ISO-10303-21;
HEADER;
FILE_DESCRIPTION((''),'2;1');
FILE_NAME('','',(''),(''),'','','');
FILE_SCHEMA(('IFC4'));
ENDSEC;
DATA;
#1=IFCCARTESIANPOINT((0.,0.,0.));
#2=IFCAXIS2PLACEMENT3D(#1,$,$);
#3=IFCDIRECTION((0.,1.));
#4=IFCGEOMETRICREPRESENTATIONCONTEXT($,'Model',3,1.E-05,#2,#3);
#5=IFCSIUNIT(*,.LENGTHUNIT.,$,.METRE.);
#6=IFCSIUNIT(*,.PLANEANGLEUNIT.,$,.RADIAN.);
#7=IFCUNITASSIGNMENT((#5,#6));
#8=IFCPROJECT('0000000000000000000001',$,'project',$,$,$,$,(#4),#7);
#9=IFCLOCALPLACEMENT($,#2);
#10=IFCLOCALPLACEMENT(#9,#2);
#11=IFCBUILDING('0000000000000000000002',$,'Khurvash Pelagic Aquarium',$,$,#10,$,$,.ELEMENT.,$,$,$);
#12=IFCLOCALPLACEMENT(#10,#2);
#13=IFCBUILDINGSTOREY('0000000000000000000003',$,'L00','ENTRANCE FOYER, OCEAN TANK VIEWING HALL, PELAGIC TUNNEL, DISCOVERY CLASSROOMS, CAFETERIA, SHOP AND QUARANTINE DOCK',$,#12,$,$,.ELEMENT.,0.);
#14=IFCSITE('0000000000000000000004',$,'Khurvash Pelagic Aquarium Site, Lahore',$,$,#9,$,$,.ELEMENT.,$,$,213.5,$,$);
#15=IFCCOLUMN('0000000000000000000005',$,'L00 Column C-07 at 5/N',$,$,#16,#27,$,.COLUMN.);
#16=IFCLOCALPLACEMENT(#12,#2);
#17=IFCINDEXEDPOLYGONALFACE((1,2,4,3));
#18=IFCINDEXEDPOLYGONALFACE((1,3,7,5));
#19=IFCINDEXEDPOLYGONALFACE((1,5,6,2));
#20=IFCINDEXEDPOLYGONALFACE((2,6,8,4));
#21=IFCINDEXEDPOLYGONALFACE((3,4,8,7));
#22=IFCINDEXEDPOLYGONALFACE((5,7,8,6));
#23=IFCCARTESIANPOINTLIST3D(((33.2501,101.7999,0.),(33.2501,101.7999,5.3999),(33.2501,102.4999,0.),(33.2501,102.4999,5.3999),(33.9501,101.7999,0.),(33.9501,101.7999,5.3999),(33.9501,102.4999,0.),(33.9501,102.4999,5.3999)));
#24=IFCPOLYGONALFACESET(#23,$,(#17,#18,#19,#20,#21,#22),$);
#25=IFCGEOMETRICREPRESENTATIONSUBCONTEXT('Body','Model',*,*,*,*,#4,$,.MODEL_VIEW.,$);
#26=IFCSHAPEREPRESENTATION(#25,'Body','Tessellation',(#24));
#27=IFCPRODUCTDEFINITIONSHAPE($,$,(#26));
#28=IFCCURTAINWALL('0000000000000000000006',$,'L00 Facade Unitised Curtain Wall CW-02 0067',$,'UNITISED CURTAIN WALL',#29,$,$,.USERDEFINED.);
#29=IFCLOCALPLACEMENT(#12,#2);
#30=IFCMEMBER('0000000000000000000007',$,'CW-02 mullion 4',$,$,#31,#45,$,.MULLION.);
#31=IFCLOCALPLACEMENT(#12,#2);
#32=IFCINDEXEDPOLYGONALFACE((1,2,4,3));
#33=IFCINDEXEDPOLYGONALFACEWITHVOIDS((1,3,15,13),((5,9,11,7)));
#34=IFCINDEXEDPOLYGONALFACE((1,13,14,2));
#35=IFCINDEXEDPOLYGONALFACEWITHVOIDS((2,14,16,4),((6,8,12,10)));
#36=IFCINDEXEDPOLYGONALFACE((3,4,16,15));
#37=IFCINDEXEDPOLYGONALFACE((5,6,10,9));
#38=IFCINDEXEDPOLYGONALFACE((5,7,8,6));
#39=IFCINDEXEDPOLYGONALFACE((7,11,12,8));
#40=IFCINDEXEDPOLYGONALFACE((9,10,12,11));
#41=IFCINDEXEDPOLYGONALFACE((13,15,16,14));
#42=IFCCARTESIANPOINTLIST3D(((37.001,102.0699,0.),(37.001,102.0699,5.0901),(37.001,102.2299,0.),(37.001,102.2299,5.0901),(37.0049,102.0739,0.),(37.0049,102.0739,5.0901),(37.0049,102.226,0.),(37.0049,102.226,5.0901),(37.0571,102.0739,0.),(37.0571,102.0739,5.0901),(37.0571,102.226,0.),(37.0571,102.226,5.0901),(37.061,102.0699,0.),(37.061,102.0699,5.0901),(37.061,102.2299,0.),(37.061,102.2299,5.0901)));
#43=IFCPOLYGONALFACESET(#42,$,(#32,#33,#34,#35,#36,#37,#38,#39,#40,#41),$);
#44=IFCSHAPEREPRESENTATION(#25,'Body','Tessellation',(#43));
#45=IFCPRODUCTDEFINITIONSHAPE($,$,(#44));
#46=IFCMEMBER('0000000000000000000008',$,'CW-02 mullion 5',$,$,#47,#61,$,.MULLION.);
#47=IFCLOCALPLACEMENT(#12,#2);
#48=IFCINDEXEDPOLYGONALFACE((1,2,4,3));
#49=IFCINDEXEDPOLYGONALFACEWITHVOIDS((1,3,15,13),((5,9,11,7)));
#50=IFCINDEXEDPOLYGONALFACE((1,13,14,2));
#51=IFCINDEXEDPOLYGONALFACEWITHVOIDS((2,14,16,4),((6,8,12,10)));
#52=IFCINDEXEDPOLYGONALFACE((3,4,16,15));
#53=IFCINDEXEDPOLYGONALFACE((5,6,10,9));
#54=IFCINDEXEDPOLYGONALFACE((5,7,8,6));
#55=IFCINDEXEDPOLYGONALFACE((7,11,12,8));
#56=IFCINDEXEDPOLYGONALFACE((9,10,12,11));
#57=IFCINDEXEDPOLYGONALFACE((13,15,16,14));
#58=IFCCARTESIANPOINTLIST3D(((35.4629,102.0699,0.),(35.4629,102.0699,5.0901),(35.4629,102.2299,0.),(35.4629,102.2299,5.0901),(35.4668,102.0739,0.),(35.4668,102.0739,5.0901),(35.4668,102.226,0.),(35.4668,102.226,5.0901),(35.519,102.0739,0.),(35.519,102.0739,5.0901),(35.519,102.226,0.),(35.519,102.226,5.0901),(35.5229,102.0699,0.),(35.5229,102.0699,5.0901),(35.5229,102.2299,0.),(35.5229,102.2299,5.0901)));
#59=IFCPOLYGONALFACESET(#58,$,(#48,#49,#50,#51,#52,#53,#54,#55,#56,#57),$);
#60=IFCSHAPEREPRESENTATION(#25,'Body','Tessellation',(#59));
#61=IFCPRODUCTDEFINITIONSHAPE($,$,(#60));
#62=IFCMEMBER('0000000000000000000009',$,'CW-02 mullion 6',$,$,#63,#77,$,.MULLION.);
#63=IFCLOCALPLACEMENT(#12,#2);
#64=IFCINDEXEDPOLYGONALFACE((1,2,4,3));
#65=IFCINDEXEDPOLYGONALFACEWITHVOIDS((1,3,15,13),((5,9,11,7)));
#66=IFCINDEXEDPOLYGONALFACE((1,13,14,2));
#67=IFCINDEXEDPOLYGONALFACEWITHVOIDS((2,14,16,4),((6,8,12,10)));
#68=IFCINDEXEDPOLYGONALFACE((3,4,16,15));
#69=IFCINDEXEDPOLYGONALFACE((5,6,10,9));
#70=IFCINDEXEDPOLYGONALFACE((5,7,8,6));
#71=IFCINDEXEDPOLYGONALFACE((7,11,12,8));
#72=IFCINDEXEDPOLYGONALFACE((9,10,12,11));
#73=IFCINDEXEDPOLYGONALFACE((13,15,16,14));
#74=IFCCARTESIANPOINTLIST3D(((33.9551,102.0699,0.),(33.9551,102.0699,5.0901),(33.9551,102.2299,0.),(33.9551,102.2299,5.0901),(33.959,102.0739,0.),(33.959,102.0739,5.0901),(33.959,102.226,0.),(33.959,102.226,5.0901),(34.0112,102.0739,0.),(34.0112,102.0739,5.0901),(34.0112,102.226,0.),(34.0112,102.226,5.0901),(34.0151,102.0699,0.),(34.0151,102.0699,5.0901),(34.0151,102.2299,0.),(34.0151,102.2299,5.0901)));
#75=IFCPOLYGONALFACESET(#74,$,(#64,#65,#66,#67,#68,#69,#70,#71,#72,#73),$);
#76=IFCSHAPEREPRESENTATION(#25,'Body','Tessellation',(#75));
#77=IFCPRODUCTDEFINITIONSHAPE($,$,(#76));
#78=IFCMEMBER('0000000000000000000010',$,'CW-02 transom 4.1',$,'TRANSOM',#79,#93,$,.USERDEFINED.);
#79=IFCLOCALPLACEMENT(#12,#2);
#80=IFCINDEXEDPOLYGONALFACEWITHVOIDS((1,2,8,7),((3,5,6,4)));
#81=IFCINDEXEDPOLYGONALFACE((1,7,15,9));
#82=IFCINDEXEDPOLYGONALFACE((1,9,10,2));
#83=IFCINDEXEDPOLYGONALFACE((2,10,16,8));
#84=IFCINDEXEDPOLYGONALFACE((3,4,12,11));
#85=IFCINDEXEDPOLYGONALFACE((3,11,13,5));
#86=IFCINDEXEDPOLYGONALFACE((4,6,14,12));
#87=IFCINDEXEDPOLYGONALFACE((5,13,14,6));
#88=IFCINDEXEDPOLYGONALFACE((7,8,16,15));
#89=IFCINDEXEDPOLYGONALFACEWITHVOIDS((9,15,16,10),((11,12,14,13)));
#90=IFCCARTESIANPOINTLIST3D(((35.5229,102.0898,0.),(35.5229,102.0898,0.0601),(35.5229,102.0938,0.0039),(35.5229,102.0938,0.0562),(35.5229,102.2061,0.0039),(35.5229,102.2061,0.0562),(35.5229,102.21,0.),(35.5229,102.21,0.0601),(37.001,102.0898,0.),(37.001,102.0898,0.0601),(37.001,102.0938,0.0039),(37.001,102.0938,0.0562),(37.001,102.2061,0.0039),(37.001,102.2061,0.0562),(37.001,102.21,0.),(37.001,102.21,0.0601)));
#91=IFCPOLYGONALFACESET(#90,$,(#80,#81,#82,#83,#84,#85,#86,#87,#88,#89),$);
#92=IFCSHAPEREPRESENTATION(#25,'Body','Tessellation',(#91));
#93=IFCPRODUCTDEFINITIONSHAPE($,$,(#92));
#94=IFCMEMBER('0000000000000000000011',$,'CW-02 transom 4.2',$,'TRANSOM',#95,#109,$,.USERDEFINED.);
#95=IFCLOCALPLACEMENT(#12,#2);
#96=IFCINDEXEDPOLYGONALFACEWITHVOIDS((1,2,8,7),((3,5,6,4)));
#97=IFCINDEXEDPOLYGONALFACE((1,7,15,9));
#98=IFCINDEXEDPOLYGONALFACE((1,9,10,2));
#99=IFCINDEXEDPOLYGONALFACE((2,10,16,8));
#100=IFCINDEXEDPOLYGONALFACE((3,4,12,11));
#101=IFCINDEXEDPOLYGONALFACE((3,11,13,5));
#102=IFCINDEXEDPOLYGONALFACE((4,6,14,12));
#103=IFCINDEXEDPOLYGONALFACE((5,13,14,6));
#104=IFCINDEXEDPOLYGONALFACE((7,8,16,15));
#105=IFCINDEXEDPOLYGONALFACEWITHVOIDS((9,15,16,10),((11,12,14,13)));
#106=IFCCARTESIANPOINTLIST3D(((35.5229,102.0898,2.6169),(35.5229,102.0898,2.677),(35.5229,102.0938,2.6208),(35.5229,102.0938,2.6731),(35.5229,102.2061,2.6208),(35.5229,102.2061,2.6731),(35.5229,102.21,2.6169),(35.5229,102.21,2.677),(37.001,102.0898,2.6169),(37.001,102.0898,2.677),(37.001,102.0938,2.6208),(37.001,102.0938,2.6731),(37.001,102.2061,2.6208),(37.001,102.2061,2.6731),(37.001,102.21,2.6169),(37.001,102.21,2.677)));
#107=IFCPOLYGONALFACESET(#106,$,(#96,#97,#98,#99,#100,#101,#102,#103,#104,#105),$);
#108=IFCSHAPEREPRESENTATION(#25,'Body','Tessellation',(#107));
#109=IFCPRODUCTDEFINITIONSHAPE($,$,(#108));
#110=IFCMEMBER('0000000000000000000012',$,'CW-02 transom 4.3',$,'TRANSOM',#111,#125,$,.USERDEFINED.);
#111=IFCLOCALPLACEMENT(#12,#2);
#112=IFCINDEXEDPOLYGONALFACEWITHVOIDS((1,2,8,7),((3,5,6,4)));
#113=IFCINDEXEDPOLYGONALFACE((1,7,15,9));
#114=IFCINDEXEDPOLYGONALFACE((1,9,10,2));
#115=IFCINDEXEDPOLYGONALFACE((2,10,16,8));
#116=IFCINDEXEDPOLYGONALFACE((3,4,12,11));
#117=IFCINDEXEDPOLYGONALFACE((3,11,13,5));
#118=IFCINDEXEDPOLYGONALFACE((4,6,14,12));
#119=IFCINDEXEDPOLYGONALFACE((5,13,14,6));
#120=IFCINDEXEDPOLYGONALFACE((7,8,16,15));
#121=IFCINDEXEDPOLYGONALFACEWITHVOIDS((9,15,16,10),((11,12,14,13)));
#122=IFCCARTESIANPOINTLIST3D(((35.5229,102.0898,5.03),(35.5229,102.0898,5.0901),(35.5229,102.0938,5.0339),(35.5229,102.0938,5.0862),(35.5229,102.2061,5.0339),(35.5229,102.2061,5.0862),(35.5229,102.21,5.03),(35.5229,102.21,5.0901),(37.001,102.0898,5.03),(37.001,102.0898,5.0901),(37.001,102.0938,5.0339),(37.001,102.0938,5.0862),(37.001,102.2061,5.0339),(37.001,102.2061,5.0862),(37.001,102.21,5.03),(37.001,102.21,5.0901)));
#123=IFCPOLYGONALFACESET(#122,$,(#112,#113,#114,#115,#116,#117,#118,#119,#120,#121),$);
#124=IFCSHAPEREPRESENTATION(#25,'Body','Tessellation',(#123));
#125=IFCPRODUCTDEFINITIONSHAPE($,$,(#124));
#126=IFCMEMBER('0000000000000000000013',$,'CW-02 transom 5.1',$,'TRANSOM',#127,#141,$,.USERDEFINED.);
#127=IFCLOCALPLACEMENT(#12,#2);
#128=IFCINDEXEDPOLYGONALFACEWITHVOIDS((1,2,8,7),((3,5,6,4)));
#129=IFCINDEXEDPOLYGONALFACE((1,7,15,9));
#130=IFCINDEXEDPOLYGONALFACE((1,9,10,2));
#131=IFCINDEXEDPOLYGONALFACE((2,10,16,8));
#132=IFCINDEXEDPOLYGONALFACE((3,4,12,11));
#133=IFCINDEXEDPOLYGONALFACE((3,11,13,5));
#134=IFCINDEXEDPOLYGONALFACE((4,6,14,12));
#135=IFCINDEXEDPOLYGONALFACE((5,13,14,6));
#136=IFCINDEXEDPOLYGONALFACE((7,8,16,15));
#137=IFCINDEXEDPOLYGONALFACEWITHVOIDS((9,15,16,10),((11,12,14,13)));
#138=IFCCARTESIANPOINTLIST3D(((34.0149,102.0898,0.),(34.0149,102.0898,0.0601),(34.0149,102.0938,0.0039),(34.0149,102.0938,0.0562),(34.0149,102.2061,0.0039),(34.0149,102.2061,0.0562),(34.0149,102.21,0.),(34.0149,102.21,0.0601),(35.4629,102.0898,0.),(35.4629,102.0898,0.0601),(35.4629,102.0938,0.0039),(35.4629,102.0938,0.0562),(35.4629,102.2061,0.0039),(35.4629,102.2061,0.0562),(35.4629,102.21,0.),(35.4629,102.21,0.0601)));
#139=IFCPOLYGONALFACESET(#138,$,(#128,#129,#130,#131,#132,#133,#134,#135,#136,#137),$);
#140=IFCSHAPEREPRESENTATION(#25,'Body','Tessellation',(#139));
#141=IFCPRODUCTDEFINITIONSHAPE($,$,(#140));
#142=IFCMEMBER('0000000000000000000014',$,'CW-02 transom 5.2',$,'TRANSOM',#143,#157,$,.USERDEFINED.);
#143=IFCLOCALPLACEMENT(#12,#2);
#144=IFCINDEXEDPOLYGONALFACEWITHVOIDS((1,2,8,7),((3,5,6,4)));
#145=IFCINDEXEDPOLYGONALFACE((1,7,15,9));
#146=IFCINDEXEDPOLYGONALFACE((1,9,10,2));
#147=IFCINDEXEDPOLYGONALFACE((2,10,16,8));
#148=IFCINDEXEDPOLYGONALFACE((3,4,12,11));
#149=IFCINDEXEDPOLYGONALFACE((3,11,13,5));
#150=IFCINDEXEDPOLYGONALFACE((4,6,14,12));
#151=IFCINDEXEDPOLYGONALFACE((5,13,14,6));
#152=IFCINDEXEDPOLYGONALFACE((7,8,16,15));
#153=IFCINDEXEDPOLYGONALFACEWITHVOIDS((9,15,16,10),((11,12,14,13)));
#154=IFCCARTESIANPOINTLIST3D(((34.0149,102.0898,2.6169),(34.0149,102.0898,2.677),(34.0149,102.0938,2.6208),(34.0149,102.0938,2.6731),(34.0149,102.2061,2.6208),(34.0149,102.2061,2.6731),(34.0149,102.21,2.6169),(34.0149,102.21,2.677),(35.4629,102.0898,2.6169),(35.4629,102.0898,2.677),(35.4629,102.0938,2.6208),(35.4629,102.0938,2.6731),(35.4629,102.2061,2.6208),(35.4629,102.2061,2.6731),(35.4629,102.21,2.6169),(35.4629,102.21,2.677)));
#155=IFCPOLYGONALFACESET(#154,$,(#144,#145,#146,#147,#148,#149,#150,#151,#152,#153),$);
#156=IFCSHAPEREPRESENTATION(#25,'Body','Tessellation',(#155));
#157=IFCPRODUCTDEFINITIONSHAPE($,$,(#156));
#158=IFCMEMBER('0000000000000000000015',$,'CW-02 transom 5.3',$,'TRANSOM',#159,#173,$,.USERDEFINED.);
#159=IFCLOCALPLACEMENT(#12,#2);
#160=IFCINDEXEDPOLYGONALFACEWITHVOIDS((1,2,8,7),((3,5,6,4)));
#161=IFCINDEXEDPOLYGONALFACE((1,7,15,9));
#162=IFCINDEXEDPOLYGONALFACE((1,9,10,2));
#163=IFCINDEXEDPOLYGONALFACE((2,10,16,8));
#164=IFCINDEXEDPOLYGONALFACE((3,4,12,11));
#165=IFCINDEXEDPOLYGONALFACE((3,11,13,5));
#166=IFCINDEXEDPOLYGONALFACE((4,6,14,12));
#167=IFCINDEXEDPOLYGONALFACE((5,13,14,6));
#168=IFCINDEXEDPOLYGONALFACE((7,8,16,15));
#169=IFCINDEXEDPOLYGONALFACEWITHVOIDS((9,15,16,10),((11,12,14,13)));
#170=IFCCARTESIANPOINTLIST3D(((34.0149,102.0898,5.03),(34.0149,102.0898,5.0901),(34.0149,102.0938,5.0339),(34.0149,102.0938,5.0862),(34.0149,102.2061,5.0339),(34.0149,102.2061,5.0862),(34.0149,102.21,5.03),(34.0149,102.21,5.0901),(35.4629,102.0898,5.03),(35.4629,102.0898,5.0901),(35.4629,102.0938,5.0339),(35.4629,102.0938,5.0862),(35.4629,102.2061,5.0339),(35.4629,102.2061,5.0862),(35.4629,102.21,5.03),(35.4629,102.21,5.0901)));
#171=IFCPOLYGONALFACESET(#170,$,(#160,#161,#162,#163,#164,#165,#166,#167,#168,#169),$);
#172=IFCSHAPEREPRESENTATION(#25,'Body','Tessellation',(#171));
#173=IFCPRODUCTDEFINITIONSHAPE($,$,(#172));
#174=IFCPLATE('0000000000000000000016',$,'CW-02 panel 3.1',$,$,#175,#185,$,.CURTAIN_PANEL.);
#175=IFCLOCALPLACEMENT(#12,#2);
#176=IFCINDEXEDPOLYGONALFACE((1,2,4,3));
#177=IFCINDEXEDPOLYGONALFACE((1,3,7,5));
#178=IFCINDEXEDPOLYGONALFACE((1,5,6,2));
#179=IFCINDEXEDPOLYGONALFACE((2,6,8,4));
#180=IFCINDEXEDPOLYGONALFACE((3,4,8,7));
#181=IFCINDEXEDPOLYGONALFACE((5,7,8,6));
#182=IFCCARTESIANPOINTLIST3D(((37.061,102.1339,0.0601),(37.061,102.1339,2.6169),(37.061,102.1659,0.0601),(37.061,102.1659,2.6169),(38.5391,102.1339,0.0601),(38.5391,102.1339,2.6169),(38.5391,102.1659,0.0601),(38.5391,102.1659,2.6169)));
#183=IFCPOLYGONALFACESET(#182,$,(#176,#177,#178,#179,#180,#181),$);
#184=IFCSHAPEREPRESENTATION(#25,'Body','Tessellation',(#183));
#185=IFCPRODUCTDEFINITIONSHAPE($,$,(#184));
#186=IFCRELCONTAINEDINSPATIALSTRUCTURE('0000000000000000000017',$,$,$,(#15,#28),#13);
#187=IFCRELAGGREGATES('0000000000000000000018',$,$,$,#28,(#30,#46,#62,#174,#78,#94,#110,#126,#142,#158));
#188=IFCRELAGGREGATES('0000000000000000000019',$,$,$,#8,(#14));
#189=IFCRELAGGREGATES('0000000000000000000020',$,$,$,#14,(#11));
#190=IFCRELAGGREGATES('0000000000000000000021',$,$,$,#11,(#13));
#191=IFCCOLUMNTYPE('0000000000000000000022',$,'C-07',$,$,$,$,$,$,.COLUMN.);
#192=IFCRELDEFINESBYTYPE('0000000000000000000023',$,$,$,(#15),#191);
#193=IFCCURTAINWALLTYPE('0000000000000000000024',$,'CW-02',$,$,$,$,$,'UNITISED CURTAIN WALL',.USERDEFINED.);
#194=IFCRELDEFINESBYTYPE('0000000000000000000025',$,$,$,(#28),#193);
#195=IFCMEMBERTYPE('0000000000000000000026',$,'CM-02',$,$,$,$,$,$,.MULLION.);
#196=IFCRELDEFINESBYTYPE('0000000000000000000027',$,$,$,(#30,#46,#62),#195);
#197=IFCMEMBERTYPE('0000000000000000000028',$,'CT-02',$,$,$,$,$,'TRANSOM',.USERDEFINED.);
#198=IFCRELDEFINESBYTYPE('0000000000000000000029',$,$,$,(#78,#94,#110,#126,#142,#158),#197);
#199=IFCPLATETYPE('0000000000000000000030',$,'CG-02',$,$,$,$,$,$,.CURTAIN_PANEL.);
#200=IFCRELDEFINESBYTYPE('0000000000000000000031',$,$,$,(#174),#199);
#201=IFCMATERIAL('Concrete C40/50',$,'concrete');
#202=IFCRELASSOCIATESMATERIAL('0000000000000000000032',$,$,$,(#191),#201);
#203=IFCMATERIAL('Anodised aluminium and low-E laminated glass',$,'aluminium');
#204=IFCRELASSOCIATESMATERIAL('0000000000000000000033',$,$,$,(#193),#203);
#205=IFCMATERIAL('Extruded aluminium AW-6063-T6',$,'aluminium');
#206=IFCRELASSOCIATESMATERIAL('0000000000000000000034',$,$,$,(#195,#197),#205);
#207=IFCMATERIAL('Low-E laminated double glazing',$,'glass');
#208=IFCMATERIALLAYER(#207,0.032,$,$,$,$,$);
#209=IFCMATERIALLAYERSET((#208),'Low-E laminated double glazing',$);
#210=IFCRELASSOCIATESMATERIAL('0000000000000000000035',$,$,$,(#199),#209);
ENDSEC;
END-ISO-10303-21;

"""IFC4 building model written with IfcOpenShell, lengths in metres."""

from ifc_helpers import new_model, si_unit, direction, frame, origin, origin_2d, place, context, subcontext, project, spatial, rectangle, hollow_rectangle, extrude, material, layer, layer_set, material_profile, profile_set, type_object, element, aggregate, save


model = new_model("IFC4")

# Units and contexts
model_context = context("Model", 3, precision=1e-05, world=origin(), true_north=direction((0.0, 1.0)))
body_context = subcontext(model_context, "Body", "Model", "MODEL_VIEW")
ifc_project = project(units=[si_unit("LENGTHUNIT", "METRE"), si_unit("PLANEANGLEUNIT", "RADIAN")], contexts=[model_context])

# Site, building, storey
site_placement = place(None, origin())
site = spatial("IfcSite", under=ifc_project, at=site_placement, Name="Khurvash Pelagic Aquarium Site, Lahore", CompositionType="ELEMENT", RefElevation=213.5)
building_placement = place(site_placement, origin())
building = spatial("IfcBuilding", under=site, at=building_placement, Name="Khurvash Pelagic Aquarium", CompositionType="ELEMENT")
storey_placement = place(building_placement, origin())
storey = spatial("IfcBuildingStorey", under=building, at=storey_placement, Name="L00", Description="ENTRANCE FOYER, OCEAN TANK VIEWING HALL, PELAGIC TUNNEL, DISCOVERY CLASSROOMS, CAFETERIA, SHOP AND QUARANTINE DOCK", CompositionType="ELEMENT", Elevation=0.0)

# Column
ifc_material_1 = material(Name="Concrete C40/50", Category="concrete")
ifc_material_profile_1 = material_profile(ifc_material_1, rectangle(XDim=0.7, YDim=0.7, at=origin_2d()), Name="RC700X700")
ifc_profile_set_1 = profile_set([ifc_material_profile_1], Name="Concrete C40/50")
column_type = type_object("IfcColumnType", Name="C-07", PredefinedType="COLUMN", material=ifc_profile_set_1)
column_placement = place(storey_placement, frame((33.6001, 102.1499, 0.0), z_axis=(0.0, 0.0, 1.0), x_axis=(1.0, 0.0, 0.0)))
element("IfcColumn", 1, at=column_placement, inside=storey, type_object=column_type, Name="L00 Column C-07 at 5/N", PredefinedType="COLUMN", context=body_context, shape_type="SweptSolid", body=[
    extrude(rectangle(XDim=0.7, YDim=0.7, at=origin_2d()), origin(), (0.0, 0.0, 1.0), 5.3999),
])

# Curtain wall, members, plate
ifc_material_2 = material(Name="Anodised aluminium and low-E laminated glass", Category="aluminium")
curtain_wall_type = type_object("IfcCurtainWallType", Name="CW-02", ElementType="UNITISED CURTAIN WALL", PredefinedType="USERDEFINED", material=ifc_material_2)
curtain_wall_placement = place(storey_placement, origin())
curtain_wall = element("IfcCurtainWall", 2, at=curtain_wall_placement, inside=storey, type_object=curtain_wall_type, Name="L00 Facade Unitised Curtain Wall CW-02 0067", ObjectType="UNITISED CURTAIN WALL", PredefinedType="USERDEFINED")
ifc_material_3 = material(Name="Extruded aluminium AW-6063-T6", Category="aluminium")
ifc_material_profile_2 = material_profile(ifc_material_3, hollow_rectangle(XDim=0.0601, YDim=0.1599, WallThickness=0.0039, at=origin_2d()), Name="CWM60X160X4")
ifc_profile_set_2 = profile_set([ifc_material_profile_2], Name="Extruded aluminium AW-6063-T6")
member_type_1 = type_object("IfcMemberType", Name="CM-02", PredefinedType="MULLION", material=ifc_profile_set_2)
member_1_placement = place(storey_placement, frame((37.031, 102.1499, 0.0), z_axis=(0.0, 0.0, 1.0), x_axis=(-1.0, 0.0, 0.0)))
member_1 = element("IfcMember", 3, at=member_1_placement, type_object=member_type_1, Name="CW-02 mullion 4", PredefinedType="MULLION", context=body_context, shape_type="SweptSolid", body=[
    extrude(hollow_rectangle(XDim=0.0601, YDim=0.1599, WallThickness=0.0039, at=origin_2d()), origin(), (0.0, 0.0, 1.0), 5.0901),
])
member_2_placement = place(storey_placement, frame((35.4929, 102.1499, 0.0), z_axis=(0.0, 0.0, 1.0), x_axis=(-1.0, 0.0, 0.0)))
member_2 = element("IfcMember", 4, at=member_2_placement, type_object=member_type_1, Name="CW-02 mullion 5", PredefinedType="MULLION", context=body_context, shape_type="SweptSolid", body=[
    extrude(hollow_rectangle(XDim=0.0601, YDim=0.1599, WallThickness=0.0039, at=origin_2d()), origin(), (0.0, 0.0, 1.0), 5.0901),
])
member_3_placement = place(storey_placement, frame((33.9851, 102.1499, 0.0), z_axis=(0.0, 0.0, 1.0), x_axis=(-1.0, 0.0, 0.0)))
member_3 = element("IfcMember", 5, at=member_3_placement, type_object=member_type_1, Name="CW-02 mullion 6", PredefinedType="MULLION", context=body_context, shape_type="SweptSolid", body=[
    extrude(hollow_rectangle(XDim=0.0601, YDim=0.1599, WallThickness=0.0039, at=origin_2d()), origin(), (0.0, 0.0, 1.0), 5.0901),
])
ifc_material_profile_3 = material_profile(ifc_material_3, hollow_rectangle(XDim=0.1201, YDim=0.0601, WallThickness=0.0039, at=origin_2d()), Name="CWT120X60X4")
ifc_profile_set_3 = profile_set([ifc_material_profile_3], Name="Extruded aluminium AW-6063-T6")
member_type_2 = type_object("IfcMemberType", Name="CT-02", ElementType="TRANSOM", PredefinedType="USERDEFINED", material=ifc_profile_set_3)
member_4_placement = place(storey_placement, frame((37.001, 102.1499, 0.03), z_axis=(-1.0, 0.0, 0.0), x_axis=(0.0, -1.0, 0.0)))
member_4 = element("IfcMember", 6, at=member_4_placement, type_object=member_type_2, Name="CW-02 transom 4.1", ObjectType="TRANSOM", PredefinedType="USERDEFINED", context=body_context, shape_type="SweptSolid", body=[
    extrude(hollow_rectangle(XDim=0.1201, YDim=0.0601, WallThickness=0.0039, at=origin_2d()), origin(), (0.0, 0.0, 1.0), 1.478),
])
member_5_placement = place(storey_placement, frame((37.001, 102.1499, 2.647), z_axis=(-1.0, 0.0, 0.0), x_axis=(0.0, -1.0, 0.0)))
member_5 = element("IfcMember", 7, at=member_5_placement, type_object=member_type_2, Name="CW-02 transom 4.2", ObjectType="TRANSOM", PredefinedType="USERDEFINED", context=body_context, shape_type="SweptSolid", body=[
    extrude(hollow_rectangle(XDim=0.1201, YDim=0.0601, WallThickness=0.0039, at=origin_2d()), origin(), (0.0, 0.0, 1.0), 1.478),
])
member_6_placement = place(storey_placement, frame((37.001, 102.1499, 5.0601), z_axis=(-1.0, 0.0, 0.0), x_axis=(0.0, -1.0, 0.0)))
member_6 = element("IfcMember", 8, at=member_6_placement, type_object=member_type_2, Name="CW-02 transom 4.3", ObjectType="TRANSOM", PredefinedType="USERDEFINED", context=body_context, shape_type="SweptSolid", body=[
    extrude(hollow_rectangle(XDim=0.1201, YDim=0.0601, WallThickness=0.0039, at=origin_2d()), origin(), (0.0, 0.0, 1.0), 1.478),
])
member_7_placement = place(storey_placement, frame((35.4629, 102.1499, 0.03), z_axis=(-1.0, 0.0, 0.0), x_axis=(0.0, -1.0, 0.0)))
member_7 = element("IfcMember", 9, at=member_7_placement, type_object=member_type_2, Name="CW-02 transom 5.1", ObjectType="TRANSOM", PredefinedType="USERDEFINED", context=body_context, shape_type="SweptSolid", body=[
    extrude(hollow_rectangle(XDim=0.1201, YDim=0.0601, WallThickness=0.0039, at=origin_2d()), origin(), (0.0, 0.0, 1.0), 1.448),
])
member_8_placement = place(storey_placement, frame((35.4629, 102.1499, 2.647), z_axis=(-1.0, 0.0, 0.0), x_axis=(0.0, -1.0, 0.0)))
member_8 = element("IfcMember", 10, at=member_8_placement, type_object=member_type_2, Name="CW-02 transom 5.2", ObjectType="TRANSOM", PredefinedType="USERDEFINED", context=body_context, shape_type="SweptSolid", body=[
    extrude(hollow_rectangle(XDim=0.1201, YDim=0.0601, WallThickness=0.0039, at=origin_2d()), origin(), (0.0, 0.0, 1.0), 1.448),
])
member_9_placement = place(storey_placement, frame((35.4629, 102.1499, 5.0601), z_axis=(-1.0, 0.0, 0.0), x_axis=(0.0, -1.0, 0.0)))
member_9 = element("IfcMember", 11, at=member_9_placement, type_object=member_type_2, Name="CW-02 transom 5.3", ObjectType="TRANSOM", PredefinedType="USERDEFINED", context=body_context, shape_type="SweptSolid", body=[
    extrude(hollow_rectangle(XDim=0.1201, YDim=0.0601, WallThickness=0.0039, at=origin_2d()), origin(), (0.0, 0.0, 1.0), 1.448),
])
ifc_material_4 = material(Name="Low-E laminated double glazing", Category="glass")
ifc_layer_1 = layer(ifc_material_4, 0.032)
ifc_layer_set_1 = layer_set([ifc_layer_1], Name="Low-E laminated double glazing")
plate_type = type_object("IfcPlateType", Name="CG-02", PredefinedType="CURTAIN_PANEL", material=ifc_layer_set_1)
plate_1_placement = place(storey_placement, frame((37.8, 102.1499, 0.0601), z_axis=(0.0, 0.0, 1.0), x_axis=(-1.0, 0.0, 0.0)))
plate_1 = element("IfcPlate", 12, at=plate_1_placement, type_object=plate_type, Name="CW-02 panel 3.1", PredefinedType="CURTAIN_PANEL", context=body_context, shape_type="SweptSolid", body=[
    extrude(rectangle(XDim=1.478, YDim=0.032, at=origin_2d()), origin(), (0.0, 0.0, 1.0), 2.5569),
])
aggregate(curtain_wall, [member_1, member_2, member_3, plate_1, member_4, member_5, member_6, member_7, member_8, member_9])

save(model, "model.ifc")
